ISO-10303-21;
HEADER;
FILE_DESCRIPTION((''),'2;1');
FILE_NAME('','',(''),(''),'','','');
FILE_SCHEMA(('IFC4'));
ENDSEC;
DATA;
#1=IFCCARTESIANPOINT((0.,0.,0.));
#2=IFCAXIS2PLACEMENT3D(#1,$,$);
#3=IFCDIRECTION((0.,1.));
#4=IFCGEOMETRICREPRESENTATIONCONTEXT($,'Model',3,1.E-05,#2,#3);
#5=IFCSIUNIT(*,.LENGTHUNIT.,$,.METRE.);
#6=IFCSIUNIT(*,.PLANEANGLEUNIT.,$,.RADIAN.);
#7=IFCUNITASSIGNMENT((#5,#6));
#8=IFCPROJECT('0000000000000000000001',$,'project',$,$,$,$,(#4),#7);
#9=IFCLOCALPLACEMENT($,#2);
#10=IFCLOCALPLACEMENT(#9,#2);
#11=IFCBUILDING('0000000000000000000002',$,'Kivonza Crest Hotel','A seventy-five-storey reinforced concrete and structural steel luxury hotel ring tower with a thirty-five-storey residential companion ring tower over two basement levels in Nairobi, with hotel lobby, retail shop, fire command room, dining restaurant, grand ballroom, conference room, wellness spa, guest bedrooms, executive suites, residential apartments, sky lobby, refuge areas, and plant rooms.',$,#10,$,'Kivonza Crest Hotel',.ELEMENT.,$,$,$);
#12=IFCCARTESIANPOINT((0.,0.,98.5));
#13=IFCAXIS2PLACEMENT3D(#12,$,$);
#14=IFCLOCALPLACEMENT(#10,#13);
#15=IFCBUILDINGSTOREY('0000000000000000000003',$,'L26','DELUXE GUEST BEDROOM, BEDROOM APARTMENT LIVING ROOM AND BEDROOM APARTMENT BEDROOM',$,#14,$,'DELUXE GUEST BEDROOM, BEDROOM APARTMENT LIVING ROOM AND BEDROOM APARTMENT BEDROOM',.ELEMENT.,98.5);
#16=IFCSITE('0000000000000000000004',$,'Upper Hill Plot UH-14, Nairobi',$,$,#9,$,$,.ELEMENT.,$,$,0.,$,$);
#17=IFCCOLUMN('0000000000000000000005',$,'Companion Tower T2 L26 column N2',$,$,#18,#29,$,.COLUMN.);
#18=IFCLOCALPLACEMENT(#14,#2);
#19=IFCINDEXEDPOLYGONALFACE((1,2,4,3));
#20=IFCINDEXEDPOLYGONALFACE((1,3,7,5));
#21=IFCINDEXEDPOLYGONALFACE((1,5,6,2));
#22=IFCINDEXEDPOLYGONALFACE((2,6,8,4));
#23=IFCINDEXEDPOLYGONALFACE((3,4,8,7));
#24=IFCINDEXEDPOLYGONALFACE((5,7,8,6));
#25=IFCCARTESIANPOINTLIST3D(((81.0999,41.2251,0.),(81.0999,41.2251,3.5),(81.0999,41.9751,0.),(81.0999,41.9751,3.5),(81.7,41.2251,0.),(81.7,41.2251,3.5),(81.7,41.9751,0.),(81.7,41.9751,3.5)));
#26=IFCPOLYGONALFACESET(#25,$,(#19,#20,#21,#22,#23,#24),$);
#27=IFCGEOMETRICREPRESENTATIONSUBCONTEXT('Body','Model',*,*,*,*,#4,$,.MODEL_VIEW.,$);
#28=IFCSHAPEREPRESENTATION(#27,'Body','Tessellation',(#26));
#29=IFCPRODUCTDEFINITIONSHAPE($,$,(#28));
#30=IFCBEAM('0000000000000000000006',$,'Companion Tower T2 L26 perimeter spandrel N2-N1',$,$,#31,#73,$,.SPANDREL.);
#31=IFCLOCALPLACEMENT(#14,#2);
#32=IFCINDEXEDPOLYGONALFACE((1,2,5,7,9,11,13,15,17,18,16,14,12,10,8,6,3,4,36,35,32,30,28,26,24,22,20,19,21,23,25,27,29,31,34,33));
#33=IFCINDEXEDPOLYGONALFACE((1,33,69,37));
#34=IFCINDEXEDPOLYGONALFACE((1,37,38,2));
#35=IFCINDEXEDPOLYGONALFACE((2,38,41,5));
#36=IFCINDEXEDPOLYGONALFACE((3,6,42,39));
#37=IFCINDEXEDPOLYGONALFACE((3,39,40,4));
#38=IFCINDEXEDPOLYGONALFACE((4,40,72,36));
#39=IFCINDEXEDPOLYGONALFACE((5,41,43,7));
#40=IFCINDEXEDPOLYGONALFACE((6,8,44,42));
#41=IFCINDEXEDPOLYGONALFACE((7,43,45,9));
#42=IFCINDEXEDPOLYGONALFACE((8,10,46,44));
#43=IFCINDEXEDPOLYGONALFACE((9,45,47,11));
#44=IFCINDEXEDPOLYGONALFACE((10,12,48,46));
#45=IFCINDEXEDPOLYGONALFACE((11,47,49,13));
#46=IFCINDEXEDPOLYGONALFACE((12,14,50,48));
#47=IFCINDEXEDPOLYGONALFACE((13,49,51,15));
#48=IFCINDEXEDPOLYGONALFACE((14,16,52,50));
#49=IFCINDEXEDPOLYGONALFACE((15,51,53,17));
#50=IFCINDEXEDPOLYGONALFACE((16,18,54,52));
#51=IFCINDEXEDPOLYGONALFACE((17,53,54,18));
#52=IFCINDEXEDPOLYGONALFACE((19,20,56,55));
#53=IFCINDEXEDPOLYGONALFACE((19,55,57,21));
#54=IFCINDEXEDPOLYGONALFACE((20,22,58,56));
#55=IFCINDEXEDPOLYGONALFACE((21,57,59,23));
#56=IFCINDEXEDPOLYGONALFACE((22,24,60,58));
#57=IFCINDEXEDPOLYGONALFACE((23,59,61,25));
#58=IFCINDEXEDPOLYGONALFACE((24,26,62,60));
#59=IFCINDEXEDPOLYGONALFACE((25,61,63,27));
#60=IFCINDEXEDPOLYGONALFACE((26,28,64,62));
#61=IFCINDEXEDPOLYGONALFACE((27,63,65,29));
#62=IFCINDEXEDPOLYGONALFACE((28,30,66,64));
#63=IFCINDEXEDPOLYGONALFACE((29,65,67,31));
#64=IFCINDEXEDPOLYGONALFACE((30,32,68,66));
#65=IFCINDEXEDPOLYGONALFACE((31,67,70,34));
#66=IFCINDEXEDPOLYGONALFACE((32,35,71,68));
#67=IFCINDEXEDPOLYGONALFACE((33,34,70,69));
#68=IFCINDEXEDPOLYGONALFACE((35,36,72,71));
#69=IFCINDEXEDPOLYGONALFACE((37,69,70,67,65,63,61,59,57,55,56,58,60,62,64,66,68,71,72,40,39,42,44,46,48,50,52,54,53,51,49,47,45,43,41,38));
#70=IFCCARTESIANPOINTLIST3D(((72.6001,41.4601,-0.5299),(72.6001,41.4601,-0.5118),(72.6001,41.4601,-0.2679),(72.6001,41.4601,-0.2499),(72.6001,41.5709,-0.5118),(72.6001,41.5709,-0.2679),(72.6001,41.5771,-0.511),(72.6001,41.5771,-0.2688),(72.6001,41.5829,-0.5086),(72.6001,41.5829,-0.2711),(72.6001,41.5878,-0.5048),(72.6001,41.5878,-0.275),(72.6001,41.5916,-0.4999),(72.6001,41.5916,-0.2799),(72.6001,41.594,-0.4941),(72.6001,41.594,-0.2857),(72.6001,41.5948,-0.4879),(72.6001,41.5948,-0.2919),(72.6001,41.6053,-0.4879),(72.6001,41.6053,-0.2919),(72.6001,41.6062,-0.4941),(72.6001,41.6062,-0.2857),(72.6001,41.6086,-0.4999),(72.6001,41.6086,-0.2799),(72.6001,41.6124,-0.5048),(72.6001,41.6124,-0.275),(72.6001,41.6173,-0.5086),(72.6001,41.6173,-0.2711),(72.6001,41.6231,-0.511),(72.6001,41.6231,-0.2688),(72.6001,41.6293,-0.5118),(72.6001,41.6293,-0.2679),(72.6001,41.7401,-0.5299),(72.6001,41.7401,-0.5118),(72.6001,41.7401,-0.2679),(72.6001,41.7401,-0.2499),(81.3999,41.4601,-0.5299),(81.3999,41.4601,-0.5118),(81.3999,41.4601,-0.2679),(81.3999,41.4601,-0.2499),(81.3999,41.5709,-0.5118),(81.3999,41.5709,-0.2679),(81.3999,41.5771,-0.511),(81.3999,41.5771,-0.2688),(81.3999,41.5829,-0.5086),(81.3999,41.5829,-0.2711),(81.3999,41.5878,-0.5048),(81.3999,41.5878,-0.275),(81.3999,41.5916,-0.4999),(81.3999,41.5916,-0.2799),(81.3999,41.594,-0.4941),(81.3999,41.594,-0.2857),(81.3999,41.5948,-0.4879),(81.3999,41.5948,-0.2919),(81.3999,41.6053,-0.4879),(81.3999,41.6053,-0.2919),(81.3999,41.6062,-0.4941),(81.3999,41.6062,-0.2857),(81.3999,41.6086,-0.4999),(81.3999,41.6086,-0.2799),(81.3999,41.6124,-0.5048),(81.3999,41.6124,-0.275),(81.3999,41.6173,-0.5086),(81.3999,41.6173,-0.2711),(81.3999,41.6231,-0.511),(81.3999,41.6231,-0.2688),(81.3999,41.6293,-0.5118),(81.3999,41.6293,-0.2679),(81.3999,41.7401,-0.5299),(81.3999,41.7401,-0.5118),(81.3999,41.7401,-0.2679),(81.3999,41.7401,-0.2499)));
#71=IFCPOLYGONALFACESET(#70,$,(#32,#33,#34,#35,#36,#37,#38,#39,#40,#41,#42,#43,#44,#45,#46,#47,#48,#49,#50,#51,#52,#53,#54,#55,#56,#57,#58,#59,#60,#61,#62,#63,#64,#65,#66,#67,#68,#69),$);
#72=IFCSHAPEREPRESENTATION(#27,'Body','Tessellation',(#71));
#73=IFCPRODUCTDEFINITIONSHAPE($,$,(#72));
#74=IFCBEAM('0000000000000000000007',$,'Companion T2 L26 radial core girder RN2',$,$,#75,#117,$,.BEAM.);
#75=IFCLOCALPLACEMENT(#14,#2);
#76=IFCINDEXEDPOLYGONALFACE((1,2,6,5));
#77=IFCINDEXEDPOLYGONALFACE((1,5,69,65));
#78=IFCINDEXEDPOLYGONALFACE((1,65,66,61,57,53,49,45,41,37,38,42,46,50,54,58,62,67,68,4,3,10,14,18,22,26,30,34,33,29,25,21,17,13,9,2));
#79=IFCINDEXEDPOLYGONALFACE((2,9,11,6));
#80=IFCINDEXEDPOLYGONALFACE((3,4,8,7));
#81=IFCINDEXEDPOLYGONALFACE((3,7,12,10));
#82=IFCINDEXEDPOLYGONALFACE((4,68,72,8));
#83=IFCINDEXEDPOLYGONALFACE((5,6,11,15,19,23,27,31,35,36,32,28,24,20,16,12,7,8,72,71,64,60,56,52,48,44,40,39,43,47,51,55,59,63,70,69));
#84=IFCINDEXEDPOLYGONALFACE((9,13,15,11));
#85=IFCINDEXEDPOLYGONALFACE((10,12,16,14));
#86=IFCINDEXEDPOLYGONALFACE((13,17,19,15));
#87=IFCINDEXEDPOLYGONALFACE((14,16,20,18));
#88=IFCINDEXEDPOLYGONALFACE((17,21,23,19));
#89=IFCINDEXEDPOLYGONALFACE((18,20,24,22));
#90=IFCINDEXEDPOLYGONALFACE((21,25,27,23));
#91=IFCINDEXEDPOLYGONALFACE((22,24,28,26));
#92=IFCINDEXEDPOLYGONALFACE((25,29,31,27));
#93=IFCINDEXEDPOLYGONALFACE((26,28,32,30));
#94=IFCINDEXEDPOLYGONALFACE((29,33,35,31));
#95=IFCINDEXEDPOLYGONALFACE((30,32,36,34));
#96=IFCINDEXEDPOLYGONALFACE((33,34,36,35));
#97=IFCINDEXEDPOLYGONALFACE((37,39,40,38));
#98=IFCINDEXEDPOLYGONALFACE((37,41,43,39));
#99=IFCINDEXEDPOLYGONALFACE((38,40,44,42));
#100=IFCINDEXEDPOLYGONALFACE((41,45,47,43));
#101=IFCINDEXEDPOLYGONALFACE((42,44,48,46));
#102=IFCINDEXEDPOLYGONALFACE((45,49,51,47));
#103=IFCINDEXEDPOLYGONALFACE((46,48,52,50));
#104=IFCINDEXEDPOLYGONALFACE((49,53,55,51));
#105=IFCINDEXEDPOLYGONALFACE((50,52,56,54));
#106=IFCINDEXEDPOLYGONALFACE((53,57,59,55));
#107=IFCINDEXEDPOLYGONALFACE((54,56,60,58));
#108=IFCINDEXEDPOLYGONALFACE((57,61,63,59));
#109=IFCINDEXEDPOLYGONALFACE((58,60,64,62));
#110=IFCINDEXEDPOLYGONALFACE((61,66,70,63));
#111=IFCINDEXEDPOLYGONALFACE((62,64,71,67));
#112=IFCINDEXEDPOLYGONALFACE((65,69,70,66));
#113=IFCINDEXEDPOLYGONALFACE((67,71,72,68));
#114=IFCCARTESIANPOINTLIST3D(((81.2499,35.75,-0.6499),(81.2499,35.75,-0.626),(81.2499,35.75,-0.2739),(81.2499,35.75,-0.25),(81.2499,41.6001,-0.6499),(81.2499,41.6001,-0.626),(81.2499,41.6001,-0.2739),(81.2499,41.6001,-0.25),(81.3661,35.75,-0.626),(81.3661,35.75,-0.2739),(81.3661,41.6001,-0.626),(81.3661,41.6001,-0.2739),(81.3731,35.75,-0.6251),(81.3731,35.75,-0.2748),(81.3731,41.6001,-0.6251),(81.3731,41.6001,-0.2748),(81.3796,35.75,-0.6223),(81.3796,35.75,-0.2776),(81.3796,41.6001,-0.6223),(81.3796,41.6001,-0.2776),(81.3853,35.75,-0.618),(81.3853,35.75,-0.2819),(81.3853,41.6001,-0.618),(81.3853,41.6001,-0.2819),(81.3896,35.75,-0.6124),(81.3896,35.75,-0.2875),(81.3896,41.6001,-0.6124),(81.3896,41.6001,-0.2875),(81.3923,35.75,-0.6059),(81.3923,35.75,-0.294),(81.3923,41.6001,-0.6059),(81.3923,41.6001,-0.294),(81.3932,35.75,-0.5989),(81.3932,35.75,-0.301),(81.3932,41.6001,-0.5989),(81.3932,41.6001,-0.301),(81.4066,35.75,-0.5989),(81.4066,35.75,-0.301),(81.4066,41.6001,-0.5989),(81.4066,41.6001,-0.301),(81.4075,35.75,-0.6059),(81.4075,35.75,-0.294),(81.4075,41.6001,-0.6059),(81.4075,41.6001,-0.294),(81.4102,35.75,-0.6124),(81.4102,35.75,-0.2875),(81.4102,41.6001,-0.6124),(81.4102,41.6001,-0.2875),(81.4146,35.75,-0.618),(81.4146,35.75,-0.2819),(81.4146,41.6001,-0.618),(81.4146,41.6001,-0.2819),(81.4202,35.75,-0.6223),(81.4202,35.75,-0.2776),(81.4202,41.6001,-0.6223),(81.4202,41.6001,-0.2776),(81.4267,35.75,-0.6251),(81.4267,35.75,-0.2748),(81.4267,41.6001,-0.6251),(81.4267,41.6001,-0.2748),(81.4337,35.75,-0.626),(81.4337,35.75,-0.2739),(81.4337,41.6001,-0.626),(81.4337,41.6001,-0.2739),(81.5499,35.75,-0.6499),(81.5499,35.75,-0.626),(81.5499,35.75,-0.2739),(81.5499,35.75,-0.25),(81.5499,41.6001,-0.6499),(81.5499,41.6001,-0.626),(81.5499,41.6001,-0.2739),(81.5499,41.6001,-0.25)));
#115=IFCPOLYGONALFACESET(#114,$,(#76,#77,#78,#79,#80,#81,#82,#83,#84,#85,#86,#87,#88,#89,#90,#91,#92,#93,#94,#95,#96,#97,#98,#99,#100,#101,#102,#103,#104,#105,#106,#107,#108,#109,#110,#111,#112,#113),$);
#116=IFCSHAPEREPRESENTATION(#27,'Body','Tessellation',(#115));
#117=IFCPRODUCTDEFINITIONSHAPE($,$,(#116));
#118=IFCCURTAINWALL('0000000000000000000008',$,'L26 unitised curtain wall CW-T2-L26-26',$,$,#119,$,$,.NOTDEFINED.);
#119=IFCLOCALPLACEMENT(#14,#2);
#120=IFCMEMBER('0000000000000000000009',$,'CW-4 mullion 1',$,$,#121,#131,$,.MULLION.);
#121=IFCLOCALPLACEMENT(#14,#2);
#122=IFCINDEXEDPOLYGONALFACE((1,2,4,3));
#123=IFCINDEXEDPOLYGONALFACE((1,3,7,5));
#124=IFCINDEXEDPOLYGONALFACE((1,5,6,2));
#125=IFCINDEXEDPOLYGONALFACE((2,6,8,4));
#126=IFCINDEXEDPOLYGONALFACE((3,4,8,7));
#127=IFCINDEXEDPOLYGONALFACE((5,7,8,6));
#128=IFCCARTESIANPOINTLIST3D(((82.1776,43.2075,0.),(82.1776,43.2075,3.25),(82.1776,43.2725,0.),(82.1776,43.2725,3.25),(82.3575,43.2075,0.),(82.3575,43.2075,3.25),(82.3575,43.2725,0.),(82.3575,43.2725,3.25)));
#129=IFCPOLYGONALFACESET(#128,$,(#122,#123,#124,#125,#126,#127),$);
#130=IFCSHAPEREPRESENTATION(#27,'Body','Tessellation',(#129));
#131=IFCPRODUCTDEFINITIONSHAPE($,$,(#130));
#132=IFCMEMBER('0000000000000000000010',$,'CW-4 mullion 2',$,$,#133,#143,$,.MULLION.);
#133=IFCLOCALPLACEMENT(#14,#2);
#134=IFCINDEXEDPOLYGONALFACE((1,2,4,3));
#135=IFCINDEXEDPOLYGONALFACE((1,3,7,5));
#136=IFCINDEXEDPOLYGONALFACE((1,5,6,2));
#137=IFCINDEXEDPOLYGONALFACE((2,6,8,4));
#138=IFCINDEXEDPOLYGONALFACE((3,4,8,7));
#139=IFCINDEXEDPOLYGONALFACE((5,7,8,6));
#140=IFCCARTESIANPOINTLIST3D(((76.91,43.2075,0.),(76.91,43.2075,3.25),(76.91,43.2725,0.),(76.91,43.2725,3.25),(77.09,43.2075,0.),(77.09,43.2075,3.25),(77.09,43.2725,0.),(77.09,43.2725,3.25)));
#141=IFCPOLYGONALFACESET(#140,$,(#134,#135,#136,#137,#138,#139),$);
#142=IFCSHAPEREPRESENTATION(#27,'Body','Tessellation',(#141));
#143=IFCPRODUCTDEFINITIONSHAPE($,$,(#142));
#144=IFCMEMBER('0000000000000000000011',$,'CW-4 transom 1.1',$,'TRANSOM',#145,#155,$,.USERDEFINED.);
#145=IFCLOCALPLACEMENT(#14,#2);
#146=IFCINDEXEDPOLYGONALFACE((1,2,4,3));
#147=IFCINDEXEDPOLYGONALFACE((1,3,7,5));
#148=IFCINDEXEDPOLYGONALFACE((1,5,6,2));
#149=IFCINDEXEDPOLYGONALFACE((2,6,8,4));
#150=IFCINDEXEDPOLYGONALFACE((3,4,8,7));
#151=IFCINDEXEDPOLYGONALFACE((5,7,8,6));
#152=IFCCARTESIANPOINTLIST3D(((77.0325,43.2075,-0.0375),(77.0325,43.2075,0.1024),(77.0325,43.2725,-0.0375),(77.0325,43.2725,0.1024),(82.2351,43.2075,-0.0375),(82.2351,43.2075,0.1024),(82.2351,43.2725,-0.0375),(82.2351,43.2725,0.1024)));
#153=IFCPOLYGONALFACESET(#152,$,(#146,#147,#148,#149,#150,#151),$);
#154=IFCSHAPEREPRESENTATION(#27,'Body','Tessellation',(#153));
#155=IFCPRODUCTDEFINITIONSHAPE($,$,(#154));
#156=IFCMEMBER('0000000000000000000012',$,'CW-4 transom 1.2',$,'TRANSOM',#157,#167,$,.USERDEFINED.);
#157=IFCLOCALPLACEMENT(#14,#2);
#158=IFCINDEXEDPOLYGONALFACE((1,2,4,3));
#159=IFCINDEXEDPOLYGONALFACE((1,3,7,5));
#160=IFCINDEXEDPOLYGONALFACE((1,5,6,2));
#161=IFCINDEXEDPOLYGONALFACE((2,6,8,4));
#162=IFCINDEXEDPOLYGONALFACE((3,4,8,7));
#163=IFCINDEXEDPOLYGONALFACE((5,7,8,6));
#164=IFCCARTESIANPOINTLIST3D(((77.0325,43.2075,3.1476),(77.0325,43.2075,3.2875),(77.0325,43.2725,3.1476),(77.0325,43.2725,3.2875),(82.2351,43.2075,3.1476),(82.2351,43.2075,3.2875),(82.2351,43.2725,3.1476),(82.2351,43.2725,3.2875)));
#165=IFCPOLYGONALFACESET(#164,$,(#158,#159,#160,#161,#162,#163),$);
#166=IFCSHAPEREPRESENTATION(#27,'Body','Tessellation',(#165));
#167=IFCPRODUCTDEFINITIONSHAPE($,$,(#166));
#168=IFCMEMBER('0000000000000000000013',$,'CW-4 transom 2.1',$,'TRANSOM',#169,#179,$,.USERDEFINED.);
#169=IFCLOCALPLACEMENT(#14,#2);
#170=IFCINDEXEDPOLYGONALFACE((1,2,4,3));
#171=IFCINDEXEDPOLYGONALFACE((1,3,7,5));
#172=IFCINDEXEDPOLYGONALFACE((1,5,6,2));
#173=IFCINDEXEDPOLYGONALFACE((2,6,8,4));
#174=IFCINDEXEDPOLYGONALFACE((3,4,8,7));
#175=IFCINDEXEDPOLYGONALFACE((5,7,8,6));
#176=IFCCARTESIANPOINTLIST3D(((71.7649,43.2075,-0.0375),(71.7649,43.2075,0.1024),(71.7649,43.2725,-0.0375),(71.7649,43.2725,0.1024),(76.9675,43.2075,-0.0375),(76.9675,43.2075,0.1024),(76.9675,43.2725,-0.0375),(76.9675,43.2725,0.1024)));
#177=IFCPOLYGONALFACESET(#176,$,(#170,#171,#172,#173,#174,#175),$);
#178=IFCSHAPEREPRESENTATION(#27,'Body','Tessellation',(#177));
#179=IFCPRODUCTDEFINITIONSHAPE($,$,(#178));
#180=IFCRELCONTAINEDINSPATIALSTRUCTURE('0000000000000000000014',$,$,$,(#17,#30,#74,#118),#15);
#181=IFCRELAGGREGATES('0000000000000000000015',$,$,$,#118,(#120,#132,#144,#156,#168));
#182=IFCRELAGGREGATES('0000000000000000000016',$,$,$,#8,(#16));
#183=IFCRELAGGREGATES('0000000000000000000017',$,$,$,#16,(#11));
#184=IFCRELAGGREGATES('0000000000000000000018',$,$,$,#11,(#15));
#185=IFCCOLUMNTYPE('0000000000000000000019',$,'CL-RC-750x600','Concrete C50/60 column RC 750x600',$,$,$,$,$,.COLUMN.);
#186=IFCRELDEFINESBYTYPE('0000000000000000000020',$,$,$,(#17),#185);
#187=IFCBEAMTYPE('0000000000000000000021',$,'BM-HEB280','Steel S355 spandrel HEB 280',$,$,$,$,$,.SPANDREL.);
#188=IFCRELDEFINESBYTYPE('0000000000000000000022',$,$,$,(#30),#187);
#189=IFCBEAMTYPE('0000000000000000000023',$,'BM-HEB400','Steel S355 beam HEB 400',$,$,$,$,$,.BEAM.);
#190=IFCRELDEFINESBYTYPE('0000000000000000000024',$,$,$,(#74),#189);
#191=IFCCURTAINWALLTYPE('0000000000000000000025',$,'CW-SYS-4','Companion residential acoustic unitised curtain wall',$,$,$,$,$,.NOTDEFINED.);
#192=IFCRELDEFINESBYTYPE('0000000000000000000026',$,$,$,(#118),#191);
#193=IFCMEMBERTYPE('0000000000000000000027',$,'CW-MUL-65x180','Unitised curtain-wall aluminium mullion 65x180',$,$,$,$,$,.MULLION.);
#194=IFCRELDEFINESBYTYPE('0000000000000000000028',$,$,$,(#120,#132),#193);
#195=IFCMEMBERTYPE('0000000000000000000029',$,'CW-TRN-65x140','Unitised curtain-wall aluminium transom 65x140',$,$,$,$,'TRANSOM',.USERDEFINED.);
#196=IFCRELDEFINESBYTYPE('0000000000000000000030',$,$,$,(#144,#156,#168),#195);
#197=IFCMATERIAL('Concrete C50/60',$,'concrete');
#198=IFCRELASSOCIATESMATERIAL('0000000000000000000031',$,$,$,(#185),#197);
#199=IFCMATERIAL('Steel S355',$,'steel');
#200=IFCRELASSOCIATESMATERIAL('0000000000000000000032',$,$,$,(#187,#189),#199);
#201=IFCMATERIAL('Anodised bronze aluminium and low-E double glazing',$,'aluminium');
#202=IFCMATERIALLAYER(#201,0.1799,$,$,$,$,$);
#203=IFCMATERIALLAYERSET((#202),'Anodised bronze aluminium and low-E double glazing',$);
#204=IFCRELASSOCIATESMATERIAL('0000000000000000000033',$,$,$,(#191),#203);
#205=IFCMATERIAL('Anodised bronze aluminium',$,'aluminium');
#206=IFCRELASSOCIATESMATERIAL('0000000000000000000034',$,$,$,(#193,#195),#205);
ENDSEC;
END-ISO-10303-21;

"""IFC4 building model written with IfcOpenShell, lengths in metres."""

from ifc_helpers import new_model, si_unit, direction, frame, origin, origin_2d, place, context, subcontext, project, spatial, rectangle, i_section, extrude, material, layer, layer_set, material_profile, profile_set, type_object, element, aggregate, save


model = new_model("IFC4")

# Units and contexts
model_context = context("Model", 3, precision=1e-05, world=origin(), true_north=direction((0.0, 1.0)))
body_context = subcontext(model_context, "Body", "Model", "MODEL_VIEW")
ifc_project = project(units=[si_unit("LENGTHUNIT", "METRE"), si_unit("PLANEANGLEUNIT", "RADIAN")], contexts=[model_context])

# Site, building, storey
site_placement = place(None, origin())
site = spatial("IfcSite", under=ifc_project, at=site_placement, Name="Upper Hill Plot UH-14, Nairobi", CompositionType="ELEMENT", RefElevation=0.0)
building_placement = place(site_placement, origin())
building = spatial("IfcBuilding", under=site, at=building_placement, Name="Kivonza Crest Hotel", Description="A seventy-five-storey reinforced concrete and structural steel luxury hotel ring tower with a thirty-five-storey residential companion ring tower over two basement levels in Nairobi, with hotel lobby, retail shop, fire command room, dining restaurant, grand ballroom, conference room, wellness spa, guest bedrooms, executive suites, residential apartments, sky lobby, refuge areas, and plant rooms.", LongName="Kivonza Crest Hotel", CompositionType="ELEMENT")
storey_placement = place(building_placement, frame((0.0, 0.0, 98.5)))
storey = spatial("IfcBuildingStorey", under=building, at=storey_placement, Name="L26", Description="DELUXE GUEST BEDROOM, BEDROOM APARTMENT LIVING ROOM AND BEDROOM APARTMENT BEDROOM", LongName="DELUXE GUEST BEDROOM, BEDROOM APARTMENT LIVING ROOM AND BEDROOM APARTMENT BEDROOM", CompositionType="ELEMENT", Elevation=98.5)

# Column
ifc_material_1 = material(Name="Concrete C50/60", Category="concrete")
ifc_material_profile_1 = material_profile(ifc_material_1, rectangle(XDim=0.6001, YDim=0.75, at=origin_2d()), Name="RC 750x600")
ifc_profile_set_1 = profile_set([ifc_material_profile_1], Name="Concrete C50/60")
column_type = type_object("IfcColumnType", Name="CL-RC-750x600", Description="Concrete C50/60 column RC 750x600", PredefinedType="COLUMN", material=ifc_profile_set_1)
column_placement = place(storey_placement, frame((81.3999, 41.6001, 0.0), z_axis=(0.0, 0.0, 1.0), x_axis=(1.0, 0.0, 0.0)))
element("IfcColumn", 1, at=column_placement, inside=storey, type_object=column_type, Name="Companion Tower T2 L26 column N2", PredefinedType="COLUMN", context=body_context, shape_type="SweptSolid", body=[
    extrude(rectangle(XDim=0.6001, YDim=0.75, at=origin_2d()), origin(), (0.0, 0.0, 1.0), 3.5),
])

# Beams
ifc_material_2 = material(Name="Steel S355", Category="steel")
ifc_material_profile_2 = material_profile(ifc_material_2, i_section(OverallWidth=0.28, OverallDepth=0.28, WebThickness=0.0105, FlangeThickness=0.0181, FilletRadius=0.0239, at=origin_2d()), Name="HEB 280")
ifc_profile_set_2 = profile_set([ifc_material_profile_2], Name="Steel S355")
beam_type_1 = type_object("IfcBeamType", Name="BM-HEB280", Description="Steel S355 spandrel HEB 280", PredefinedType="SPANDREL", material=ifc_profile_set_2)
beam_1_placement = place(storey_placement, frame((81.3999, 41.6001, -0.3899), z_axis=(-1.0, 0.0, 0.0), x_axis=(0.0, -1.0, 0.0)))
element("IfcBeam", 2, at=beam_1_placement, inside=storey, type_object=beam_type_1, Name="Companion Tower T2 L26 perimeter spandrel N2-N1", PredefinedType="SPANDREL", context=body_context, shape_type="SweptSolid", body=[
    extrude(i_section(OverallWidth=0.28, OverallDepth=0.28, WebThickness=0.0105, FlangeThickness=0.0181, FilletRadius=0.0239, at=origin_2d()), origin(), (0.0, 0.0, 1.0), 8.7998),
])
ifc_material_profile_3 = material_profile(ifc_material_2, i_section(OverallWidth=0.3, OverallDepth=0.3999, WebThickness=0.0134, FlangeThickness=0.0239, FilletRadius=0.0271, at=origin_2d()), Name="HEB 400")
ifc_profile_set_3 = profile_set([ifc_material_profile_3], Name="Steel S355")
beam_type_2 = type_object("IfcBeamType", Name="BM-HEB400", Description="Steel S355 beam HEB 400", PredefinedType="BEAM", material=ifc_profile_set_3)
beam_2_placement = place(storey_placement, frame((81.3999, 41.6001, -0.45), z_axis=(0.0, -1.0, 0.0), x_axis=(1.0, 0.0, 0.0)))
element("IfcBeam", 3, at=beam_2_placement, inside=storey, type_object=beam_type_2, Name="Companion T2 L26 radial core girder RN2", PredefinedType="BEAM", context=body_context, shape_type="SweptSolid", body=[
    extrude(i_section(OverallWidth=0.3, OverallDepth=0.3999, WebThickness=0.0134, FlangeThickness=0.0239, FilletRadius=0.0271, at=origin_2d()), origin(), (0.0, 0.0, 1.0), 5.8501),
])

# Curtain wall, members
ifc_material_3 = material(Name="Anodised bronze aluminium and low-E double glazing", Category="aluminium")
ifc_layer_1 = layer(ifc_material_3, 0.1799)
ifc_layer_set_1 = layer_set([ifc_layer_1], Name="Anodised bronze aluminium and low-E double glazing")
curtain_wall_type = type_object("IfcCurtainWallType", Name="CW-SYS-4", Description="Companion residential acoustic unitised curtain wall", PredefinedType="NOTDEFINED", material=ifc_layer_set_1)
curtain_wall_placement = place(storey_placement, origin())
curtain_wall = element("IfcCurtainWall", 4, at=curtain_wall_placement, inside=storey, type_object=curtain_wall_type, Name="L26 unitised curtain wall CW-T2-L26-26", PredefinedType="NOTDEFINED")
ifc_material_4 = material(Name="Anodised bronze aluminium", Category="aluminium")
ifc_material_profile_4 = material_profile(ifc_material_4, rectangle(XDim=0.0649, YDim=0.1799, at=origin_2d()), Name="CW-M 65x180")
ifc_profile_set_4 = profile_set([ifc_material_profile_4], Name="Anodised bronze aluminium")
member_type_1 = type_object("IfcMemberType", Name="CW-MUL-65x180", Description="Unitised curtain-wall aluminium mullion 65x180", PredefinedType="MULLION", material=ifc_profile_set_4)
member_1_placement = place(storey_placement, frame((82.2676, 43.24, 0.0), z_axis=(0.0, 0.0, 1.0), x_axis=(0.0, -1.0, 0.0)))
member_1 = element("IfcMember", 5, at=member_1_placement, type_object=member_type_1, Name="CW-4 mullion 1", PredefinedType="MULLION", context=body_context, shape_type="SweptSolid", body=[
    extrude(rectangle(XDim=0.0649, YDim=0.1799, at=origin_2d()), origin(), (0.0, 0.0, 1.0), 3.25),
])
member_2_placement = place(storey_placement, frame((77.0, 43.24, 0.0), z_axis=(0.0, 0.0, 1.0), x_axis=(0.0, -1.0, 0.0)))
member_2 = element("IfcMember", 6, at=member_2_placement, type_object=member_type_1, Name="CW-4 mullion 2", PredefinedType="MULLION", context=body_context, shape_type="SweptSolid", body=[
    extrude(rectangle(XDim=0.0649, YDim=0.1799, at=origin_2d()), origin(), (0.0, 0.0, 1.0), 3.25),
])
ifc_material_profile_5 = material_profile(ifc_material_4, rectangle(XDim=0.0649, YDim=0.1399, at=origin_2d()), Name="CW-T 65x140")
ifc_profile_set_5 = profile_set([ifc_material_profile_5], Name="Anodised bronze aluminium")
member_type_2 = type_object("IfcMemberType", Name="CW-TRN-65x140", Description="Unitised curtain-wall aluminium transom 65x140", ElementType="TRANSOM", PredefinedType="USERDEFINED", material=ifc_profile_set_5)
member_3_placement = place(storey_placement, frame((82.2351, 43.24, 0.0325), z_axis=(-1.0, 0.0, 0.0), x_axis=(0.0, -1.0, 0.0)))
member_3 = element("IfcMember", 7, at=member_3_placement, type_object=member_type_2, Name="CW-4 transom 1.1", ObjectType="TRANSOM", PredefinedType="USERDEFINED", context=body_context, shape_type="SweptSolid", body=[
    extrude(rectangle(XDim=0.0649, YDim=0.1399, at=origin_2d()), origin(), (0.0, 0.0, 1.0), 5.2026),
])
member_4_placement = place(storey_placement, frame((82.2351, 43.24, 3.2175), z_axis=(-1.0, 0.0, 0.0), x_axis=(0.0, -1.0, 0.0)))
member_4 = element("IfcMember", 8, at=member_4_placement, type_object=member_type_2, Name="CW-4 transom 1.2", ObjectType="TRANSOM", PredefinedType="USERDEFINED", context=body_context, shape_type="SweptSolid", body=[
    extrude(rectangle(XDim=0.0649, YDim=0.1399, at=origin_2d()), origin(), (0.0, 0.0, 1.0), 5.2026),
])
member_5_placement = place(storey_placement, frame((76.9675, 43.24, 0.0325), z_axis=(-1.0, 0.0, 0.0), x_axis=(0.0, -1.0, 0.0)))
member_5 = element("IfcMember", 9, at=member_5_placement, type_object=member_type_2, Name="CW-4 transom 2.1", ObjectType="TRANSOM", PredefinedType="USERDEFINED", context=body_context, shape_type="SweptSolid", body=[
    extrude(rectangle(XDim=0.0649, YDim=0.1399, at=origin_2d()), origin(), (0.0, 0.0, 1.0), 5.2026),
])
aggregate(curtain_wall, [member_1, member_2, member_3, member_4, member_5])

save(model, "model.ifc")
